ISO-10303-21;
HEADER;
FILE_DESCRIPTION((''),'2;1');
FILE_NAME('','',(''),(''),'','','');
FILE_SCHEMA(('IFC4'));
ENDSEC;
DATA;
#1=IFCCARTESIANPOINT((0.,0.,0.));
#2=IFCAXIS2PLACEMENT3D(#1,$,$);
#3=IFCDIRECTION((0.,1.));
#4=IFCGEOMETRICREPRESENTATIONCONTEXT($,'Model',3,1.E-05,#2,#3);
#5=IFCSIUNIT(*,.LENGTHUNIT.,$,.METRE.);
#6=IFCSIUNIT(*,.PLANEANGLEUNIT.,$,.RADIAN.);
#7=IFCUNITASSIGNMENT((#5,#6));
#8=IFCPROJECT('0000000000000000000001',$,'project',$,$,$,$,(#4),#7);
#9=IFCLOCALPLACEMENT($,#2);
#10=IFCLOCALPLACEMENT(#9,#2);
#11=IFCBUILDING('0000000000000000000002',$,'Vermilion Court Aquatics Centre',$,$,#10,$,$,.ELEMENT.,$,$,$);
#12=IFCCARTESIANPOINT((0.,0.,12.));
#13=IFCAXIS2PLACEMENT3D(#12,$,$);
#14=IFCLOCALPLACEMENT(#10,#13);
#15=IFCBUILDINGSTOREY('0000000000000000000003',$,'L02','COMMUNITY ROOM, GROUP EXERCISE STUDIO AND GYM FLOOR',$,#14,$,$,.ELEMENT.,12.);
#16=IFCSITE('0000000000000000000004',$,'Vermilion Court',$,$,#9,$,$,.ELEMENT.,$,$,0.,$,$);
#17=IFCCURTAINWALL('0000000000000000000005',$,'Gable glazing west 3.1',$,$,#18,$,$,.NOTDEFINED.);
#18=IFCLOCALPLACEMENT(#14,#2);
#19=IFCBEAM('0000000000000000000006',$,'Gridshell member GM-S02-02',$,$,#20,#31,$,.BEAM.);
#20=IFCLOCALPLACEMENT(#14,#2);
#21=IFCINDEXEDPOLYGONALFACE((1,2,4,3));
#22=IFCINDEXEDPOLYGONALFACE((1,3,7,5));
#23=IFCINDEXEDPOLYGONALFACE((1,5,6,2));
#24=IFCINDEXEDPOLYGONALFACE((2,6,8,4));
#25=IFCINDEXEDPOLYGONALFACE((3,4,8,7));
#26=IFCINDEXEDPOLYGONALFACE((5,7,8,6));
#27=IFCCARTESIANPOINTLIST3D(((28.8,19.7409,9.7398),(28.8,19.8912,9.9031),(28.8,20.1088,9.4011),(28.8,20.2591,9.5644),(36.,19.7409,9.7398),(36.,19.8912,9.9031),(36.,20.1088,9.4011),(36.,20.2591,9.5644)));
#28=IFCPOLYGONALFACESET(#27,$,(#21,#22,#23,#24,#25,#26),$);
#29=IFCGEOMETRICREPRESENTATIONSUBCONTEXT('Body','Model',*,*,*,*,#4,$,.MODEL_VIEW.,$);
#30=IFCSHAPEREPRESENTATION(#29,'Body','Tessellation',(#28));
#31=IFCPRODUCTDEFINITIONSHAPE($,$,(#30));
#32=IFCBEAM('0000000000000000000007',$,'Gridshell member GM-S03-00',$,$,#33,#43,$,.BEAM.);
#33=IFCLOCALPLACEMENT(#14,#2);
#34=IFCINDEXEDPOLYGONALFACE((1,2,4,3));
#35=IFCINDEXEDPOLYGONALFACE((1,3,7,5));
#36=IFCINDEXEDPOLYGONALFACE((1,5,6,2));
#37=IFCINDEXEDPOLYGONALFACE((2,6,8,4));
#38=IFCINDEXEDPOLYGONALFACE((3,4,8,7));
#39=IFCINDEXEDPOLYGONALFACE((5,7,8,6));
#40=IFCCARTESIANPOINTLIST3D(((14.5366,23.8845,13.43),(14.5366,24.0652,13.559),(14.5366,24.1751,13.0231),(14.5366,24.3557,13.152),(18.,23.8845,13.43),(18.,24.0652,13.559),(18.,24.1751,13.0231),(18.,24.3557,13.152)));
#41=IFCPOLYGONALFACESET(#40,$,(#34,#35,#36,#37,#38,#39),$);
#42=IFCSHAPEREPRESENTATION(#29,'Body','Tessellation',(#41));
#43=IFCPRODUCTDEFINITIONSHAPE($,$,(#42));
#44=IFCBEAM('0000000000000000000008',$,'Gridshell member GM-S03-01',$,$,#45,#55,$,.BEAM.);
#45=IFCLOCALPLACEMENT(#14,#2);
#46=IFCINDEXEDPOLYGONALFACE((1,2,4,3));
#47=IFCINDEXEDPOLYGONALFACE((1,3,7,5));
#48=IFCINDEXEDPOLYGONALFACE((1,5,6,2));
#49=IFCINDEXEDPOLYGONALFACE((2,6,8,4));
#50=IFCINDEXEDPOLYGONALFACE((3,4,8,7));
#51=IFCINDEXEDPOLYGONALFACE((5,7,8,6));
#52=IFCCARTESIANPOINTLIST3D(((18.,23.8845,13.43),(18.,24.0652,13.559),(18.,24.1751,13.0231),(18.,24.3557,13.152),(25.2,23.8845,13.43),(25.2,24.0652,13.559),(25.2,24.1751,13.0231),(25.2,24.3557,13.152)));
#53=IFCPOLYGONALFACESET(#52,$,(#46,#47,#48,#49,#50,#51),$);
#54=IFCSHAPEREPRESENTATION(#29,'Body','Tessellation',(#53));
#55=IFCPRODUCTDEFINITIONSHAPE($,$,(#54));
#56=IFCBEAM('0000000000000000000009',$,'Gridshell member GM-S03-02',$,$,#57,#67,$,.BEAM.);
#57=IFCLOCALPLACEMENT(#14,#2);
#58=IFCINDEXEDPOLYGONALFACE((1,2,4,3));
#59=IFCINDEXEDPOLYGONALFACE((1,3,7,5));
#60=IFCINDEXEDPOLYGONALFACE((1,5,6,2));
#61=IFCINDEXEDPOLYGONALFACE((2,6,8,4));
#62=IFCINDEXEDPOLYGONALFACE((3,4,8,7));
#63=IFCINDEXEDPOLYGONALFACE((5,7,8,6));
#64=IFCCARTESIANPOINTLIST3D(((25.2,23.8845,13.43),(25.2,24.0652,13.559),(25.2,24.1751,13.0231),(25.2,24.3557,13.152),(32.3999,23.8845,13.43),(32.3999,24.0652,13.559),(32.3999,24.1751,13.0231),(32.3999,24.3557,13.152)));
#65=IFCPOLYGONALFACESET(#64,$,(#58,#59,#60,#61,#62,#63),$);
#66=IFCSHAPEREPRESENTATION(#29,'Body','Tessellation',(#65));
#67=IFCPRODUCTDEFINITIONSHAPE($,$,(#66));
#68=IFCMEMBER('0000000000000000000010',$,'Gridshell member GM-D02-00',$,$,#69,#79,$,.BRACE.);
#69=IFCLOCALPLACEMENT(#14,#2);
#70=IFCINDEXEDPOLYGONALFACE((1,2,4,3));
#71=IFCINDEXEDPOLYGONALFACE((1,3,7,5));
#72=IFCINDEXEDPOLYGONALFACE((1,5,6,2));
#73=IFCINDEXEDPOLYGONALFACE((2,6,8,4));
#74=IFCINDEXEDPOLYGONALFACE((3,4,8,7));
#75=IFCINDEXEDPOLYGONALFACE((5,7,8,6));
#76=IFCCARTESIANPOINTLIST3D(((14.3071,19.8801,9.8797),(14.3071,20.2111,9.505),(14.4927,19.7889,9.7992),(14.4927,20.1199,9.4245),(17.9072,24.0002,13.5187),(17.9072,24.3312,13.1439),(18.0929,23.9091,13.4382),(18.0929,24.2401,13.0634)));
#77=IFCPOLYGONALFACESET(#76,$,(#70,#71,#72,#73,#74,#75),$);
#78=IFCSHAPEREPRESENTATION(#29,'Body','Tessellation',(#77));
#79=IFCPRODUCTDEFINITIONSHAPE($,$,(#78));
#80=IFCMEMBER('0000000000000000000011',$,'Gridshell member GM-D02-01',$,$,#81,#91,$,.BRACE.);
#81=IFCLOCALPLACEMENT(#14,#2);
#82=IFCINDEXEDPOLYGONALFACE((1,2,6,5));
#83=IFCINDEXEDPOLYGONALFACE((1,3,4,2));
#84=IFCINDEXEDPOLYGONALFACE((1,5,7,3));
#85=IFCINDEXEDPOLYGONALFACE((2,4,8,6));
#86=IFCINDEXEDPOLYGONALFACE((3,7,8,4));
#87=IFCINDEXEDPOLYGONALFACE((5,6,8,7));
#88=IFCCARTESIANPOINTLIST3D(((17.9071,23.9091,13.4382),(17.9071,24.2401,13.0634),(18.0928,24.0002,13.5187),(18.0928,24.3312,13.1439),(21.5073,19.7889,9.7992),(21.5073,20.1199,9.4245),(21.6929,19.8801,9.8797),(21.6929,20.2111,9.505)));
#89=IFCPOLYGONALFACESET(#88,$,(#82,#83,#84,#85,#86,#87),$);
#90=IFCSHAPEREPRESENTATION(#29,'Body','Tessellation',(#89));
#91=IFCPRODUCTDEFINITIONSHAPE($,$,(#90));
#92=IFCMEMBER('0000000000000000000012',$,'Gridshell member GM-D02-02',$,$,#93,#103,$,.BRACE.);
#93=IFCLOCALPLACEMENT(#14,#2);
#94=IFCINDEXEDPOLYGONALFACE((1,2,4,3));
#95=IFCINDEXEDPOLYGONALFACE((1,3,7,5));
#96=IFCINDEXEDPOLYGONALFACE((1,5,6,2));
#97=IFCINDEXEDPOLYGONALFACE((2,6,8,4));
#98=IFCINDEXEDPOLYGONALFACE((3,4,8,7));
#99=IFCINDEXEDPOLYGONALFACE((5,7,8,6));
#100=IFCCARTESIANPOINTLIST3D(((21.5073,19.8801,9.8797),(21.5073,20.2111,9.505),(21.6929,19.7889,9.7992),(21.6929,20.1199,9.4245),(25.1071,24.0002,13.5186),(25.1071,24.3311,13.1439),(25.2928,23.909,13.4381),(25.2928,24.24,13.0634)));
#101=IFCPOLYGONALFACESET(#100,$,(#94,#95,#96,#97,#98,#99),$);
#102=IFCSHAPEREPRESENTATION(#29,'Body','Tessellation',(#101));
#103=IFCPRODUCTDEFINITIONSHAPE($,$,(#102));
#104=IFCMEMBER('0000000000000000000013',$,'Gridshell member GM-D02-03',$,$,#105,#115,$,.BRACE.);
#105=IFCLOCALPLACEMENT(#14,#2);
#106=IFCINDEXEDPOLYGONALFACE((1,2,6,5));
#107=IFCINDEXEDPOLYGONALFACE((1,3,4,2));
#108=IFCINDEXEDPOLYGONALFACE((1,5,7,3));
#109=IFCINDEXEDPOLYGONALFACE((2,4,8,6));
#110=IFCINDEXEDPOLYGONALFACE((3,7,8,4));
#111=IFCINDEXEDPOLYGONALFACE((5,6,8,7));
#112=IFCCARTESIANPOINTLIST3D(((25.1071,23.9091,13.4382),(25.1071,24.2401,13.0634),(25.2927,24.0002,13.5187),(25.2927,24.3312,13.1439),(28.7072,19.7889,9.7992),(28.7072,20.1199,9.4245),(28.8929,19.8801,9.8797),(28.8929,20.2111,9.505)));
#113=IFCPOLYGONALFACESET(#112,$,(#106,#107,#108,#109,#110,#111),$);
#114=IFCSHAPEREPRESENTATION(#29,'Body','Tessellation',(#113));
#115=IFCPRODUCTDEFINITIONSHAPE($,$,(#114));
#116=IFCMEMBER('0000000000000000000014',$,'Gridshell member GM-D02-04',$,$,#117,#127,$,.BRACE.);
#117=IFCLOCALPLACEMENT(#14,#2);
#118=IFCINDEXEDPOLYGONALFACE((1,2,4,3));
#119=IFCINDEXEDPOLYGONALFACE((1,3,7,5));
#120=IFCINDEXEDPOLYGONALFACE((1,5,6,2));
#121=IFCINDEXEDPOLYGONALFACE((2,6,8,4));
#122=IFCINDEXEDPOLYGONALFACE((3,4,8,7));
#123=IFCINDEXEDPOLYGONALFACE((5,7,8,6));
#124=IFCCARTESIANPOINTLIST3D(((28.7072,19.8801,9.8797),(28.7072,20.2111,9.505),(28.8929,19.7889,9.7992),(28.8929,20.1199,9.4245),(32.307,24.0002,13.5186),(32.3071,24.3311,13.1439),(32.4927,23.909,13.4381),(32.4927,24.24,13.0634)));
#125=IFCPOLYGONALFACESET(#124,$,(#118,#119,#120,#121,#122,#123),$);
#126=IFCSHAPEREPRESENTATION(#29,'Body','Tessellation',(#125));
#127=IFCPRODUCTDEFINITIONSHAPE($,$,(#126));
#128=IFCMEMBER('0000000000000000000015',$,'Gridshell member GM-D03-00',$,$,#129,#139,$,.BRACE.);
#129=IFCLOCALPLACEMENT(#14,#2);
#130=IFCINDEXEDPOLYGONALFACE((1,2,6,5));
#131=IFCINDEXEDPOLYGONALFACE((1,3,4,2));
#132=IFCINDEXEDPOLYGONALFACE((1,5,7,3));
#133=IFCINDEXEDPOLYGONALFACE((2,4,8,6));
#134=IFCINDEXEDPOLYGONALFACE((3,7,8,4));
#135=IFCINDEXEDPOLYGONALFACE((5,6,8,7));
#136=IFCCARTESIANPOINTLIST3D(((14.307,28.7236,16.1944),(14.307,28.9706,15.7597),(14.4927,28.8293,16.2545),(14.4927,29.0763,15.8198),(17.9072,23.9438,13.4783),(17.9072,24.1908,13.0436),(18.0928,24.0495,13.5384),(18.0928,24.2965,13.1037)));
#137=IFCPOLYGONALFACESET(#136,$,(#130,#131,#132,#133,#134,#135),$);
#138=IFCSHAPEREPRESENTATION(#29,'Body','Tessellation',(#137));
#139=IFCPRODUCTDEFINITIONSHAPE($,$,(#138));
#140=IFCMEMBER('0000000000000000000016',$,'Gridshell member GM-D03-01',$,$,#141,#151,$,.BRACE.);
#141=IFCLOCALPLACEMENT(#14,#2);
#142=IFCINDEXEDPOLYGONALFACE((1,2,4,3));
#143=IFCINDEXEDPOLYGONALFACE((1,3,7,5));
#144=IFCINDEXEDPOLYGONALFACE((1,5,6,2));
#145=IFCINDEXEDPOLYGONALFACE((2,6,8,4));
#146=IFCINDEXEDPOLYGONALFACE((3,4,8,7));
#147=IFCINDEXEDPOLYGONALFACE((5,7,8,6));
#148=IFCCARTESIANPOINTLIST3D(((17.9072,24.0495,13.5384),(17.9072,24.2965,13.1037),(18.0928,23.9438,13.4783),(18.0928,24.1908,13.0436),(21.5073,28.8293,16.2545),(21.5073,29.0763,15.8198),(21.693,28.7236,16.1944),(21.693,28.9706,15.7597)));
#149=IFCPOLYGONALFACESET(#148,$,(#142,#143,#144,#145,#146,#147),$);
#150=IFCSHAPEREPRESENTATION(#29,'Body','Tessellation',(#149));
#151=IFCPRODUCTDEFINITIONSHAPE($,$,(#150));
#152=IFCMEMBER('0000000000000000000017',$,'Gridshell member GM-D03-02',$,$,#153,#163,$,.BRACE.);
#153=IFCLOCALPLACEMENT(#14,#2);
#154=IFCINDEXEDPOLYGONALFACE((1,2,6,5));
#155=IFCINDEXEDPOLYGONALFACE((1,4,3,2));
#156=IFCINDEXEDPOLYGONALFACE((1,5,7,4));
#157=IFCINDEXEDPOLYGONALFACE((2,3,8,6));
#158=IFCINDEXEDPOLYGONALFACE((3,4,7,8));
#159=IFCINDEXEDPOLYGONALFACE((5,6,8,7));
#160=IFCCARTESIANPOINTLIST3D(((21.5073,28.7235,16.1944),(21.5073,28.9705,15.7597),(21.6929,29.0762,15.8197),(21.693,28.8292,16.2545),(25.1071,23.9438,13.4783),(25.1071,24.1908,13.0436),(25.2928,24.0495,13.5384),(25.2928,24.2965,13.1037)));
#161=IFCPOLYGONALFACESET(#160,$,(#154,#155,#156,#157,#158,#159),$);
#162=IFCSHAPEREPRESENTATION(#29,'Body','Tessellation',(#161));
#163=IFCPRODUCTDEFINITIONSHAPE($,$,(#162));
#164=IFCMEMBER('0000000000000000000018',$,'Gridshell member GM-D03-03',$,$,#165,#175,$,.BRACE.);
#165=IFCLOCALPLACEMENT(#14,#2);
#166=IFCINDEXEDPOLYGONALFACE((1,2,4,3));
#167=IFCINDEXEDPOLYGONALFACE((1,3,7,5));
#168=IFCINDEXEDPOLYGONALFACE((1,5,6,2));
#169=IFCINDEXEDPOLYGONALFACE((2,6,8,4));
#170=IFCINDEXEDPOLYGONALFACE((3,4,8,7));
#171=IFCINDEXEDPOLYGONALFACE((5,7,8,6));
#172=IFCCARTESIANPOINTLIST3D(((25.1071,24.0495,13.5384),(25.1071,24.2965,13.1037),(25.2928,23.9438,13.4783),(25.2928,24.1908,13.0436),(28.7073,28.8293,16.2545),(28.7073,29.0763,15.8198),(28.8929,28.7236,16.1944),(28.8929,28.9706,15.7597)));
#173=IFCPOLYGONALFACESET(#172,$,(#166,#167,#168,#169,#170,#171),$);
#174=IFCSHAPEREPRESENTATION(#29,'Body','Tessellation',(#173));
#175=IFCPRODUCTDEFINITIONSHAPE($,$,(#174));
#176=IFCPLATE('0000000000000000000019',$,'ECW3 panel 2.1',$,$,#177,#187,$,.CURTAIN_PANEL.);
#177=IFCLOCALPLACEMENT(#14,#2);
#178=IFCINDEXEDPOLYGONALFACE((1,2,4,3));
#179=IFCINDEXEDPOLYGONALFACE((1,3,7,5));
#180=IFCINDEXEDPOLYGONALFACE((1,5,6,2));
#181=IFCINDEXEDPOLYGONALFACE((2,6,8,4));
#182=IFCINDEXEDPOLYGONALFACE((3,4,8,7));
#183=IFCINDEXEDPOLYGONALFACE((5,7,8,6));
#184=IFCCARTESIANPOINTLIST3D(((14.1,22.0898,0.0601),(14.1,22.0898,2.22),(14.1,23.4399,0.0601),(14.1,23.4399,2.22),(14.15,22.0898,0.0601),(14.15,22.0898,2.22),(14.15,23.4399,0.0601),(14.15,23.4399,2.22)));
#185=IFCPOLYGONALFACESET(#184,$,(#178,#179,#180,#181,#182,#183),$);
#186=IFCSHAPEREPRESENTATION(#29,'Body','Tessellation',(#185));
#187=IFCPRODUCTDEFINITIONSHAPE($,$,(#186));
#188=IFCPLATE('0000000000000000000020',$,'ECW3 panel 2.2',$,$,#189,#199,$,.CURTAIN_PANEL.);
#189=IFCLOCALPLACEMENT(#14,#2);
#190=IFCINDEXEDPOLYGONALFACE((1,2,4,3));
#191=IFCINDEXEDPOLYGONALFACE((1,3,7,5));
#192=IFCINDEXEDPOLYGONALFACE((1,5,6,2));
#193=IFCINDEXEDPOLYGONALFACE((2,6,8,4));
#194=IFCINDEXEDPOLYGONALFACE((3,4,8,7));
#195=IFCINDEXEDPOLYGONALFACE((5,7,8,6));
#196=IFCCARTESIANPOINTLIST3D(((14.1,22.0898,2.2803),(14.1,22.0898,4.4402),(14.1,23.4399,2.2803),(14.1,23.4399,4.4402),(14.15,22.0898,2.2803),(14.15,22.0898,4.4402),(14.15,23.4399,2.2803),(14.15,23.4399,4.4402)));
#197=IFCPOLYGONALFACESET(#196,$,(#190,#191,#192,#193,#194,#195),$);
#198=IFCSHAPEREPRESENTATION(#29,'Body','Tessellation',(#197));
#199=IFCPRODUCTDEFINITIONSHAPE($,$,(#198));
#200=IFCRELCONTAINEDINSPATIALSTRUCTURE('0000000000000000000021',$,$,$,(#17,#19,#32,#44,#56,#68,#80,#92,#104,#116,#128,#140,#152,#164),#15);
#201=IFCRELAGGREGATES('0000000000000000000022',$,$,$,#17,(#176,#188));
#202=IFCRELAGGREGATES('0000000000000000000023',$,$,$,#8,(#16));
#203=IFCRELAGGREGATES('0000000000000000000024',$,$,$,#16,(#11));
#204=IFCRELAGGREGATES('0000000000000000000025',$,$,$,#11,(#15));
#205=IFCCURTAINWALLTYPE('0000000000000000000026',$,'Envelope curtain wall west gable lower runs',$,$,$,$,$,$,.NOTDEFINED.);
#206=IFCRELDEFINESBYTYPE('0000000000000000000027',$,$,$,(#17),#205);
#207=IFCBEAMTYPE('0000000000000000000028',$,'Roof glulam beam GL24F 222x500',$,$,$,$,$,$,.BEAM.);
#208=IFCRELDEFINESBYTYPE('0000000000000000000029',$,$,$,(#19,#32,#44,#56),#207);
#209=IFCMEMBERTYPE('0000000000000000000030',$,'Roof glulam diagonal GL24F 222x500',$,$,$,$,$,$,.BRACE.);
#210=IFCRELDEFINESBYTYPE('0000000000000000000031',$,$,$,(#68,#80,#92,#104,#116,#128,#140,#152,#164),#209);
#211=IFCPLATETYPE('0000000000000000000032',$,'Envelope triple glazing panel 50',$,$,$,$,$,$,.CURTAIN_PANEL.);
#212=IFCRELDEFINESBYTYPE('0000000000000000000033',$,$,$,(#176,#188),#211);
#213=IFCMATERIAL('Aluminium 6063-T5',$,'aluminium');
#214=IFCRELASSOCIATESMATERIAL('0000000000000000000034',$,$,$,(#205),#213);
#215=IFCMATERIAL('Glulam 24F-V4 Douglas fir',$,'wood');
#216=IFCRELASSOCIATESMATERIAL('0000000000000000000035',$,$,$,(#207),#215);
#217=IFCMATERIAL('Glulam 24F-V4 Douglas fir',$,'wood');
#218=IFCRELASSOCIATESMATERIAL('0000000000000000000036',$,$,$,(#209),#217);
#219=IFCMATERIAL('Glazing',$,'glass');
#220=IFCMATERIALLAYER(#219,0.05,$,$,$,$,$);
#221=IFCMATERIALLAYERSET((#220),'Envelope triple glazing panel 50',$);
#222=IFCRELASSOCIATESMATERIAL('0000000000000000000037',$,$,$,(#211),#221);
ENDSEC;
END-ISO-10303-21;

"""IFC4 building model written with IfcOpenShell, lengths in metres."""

from ifc_helpers import new_model, si_unit, direction, frame, origin, origin_2d, place, context, subcontext, project, spatial, rectangle, extrude, material, layer, layer_set, material_profile, profile_set, type_object, element, aggregate, save


model = new_model("IFC4")

# Units and contexts
model_context = context("Model", 3, precision=1e-05, world=origin(), true_north=direction((0.0, 1.0)))
body_context = subcontext(model_context, "Body", "Model", "MODEL_VIEW")
ifc_project = project(units=[si_unit("LENGTHUNIT", "METRE"), si_unit("PLANEANGLEUNIT", "RADIAN")], contexts=[model_context])

# Site, building, storey
site_placement = place(None, origin())
site = spatial("IfcSite", under=ifc_project, at=site_placement, Name="Vermilion Court", CompositionType="ELEMENT", RefElevation=0.0)
building_placement = place(site_placement, origin())
building = spatial("IfcBuilding", under=site, at=building_placement, Name="Vermilion Court Aquatics Centre", CompositionType="ELEMENT")
storey_placement = place(building_placement, frame((0.0, 0.0, 12.0)))
storey = spatial("IfcBuildingStorey", under=building, at=storey_placement, Name="L02", Description="COMMUNITY ROOM, GROUP EXERCISE STUDIO AND GYM FLOOR", CompositionType="ELEMENT", Elevation=12.0)

# Curtain wall
ifc_material_1 = material(Name="Aluminium 6063-T5", Category="aluminium")
curtain_wall_type = type_object("IfcCurtainWallType", Name="Envelope curtain wall west gable lower runs", PredefinedType="NOTDEFINED", material=ifc_material_1)
curtain_wall_1_placement = place(storey_placement, origin())
curtain_wall_1 = element("IfcCurtainWall", 1, at=curtain_wall_1_placement, inside=storey, type_object=curtain_wall_type, Name="Gable glazing west 3.1", PredefinedType="NOTDEFINED")

# Beams
ifc_material_2 = material(Name="Glulam 24F-V4 Douglas fir", Category="wood")
ifc_material_profile_1 = material_profile(ifc_material_2, rectangle(XDim=0.2219, YDim=0.5, at=origin_2d()), Name="GL24F 222x500")
ifc_profile_set_1 = profile_set([ifc_material_profile_1], Name="Glulam 24F-V4 Douglas fir")
beam_type_1 = type_object("IfcBeamType", Name="Roof glulam beam GL24F 222x500", PredefinedType="BEAM", material=ifc_profile_set_1)
for number, where, z_axis, x_axis, name in (
    (2, (28.8, 20.0, 9.6521), (1.0, 0.0, 0.0), (0.0, 0.67726, 0.735744), "Gridshell member GM-S02-02"),
):
    element("IfcBeam", number, at=place(storey_placement, frame(where, z_axis=z_axis, x_axis=x_axis)), inside=storey, type_object=beam_type_1, Name=name, PredefinedType="BEAM", context=body_context, shape_type="SweptSolid", body=[
        extrude(rectangle(XDim=0.2219, YDim=0.5, at=origin_2d()), origin(), (0.0, 0.0, 1.0), 7.2),
    ])
beam_1_placement = place(storey_placement, frame((14.5366, 24.1201, 13.291), z_axis=(1.0, 0.0, 0.0), x_axis=(0.0, 0.813848, 0.581078)))
element("IfcBeam", 3, at=beam_1_placement, inside=storey, type_object=beam_type_1, Name="Gridshell member GM-S03-00", PredefinedType="BEAM", context=body_context, shape_type="SweptSolid", body=[
    extrude(rectangle(XDim=0.2219, YDim=0.5, at=origin_2d()), origin(), (0.0, 0.0, 1.0), 3.4634),
])
for number, where, z_axis, x_axis, name in (
    (4, (18.0, 24.1201, 13.291), (1.0, 0.0, 0.0), (0.0, 0.813848, 0.581078), "Gridshell member GM-S03-01"),
    (5, (25.2, 24.1201, 13.291), (1.0, 0.0, 0.0), (0.0, 0.813848, 0.581078), "Gridshell member GM-S03-02"),
):
    element("IfcBeam", number, at=place(storey_placement, frame(where, z_axis=z_axis, x_axis=x_axis)), inside=storey, type_object=beam_type_1, Name=name, PredefinedType="BEAM", context=body_context, shape_type="SweptSolid", body=[
        extrude(rectangle(XDim=0.2219, YDim=0.5, at=origin_2d()), origin(), (0.0, 0.0, 1.0), 7.2),
    ])

# Members
ifc_material_3 = material(Name="Glulam 24F-V4 Douglas fir", Category="wood")
ifc_material_profile_2 = material_profile(ifc_material_3, rectangle(XDim=0.2219, YDim=0.5, at=origin_2d()), Name="GL24F 222x500")
ifc_profile_set_2 = profile_set([ifc_material_profile_2], Name="Glulam 24F-V4 Douglas fir")
member_type_1 = type_object("IfcMemberType", Name="Roof glulam diagonal GL24F 222x500", PredefinedType="BRACE", material=ifc_profile_set_2)
for number, where, z_axis, x_axis, name in (
    (6, (14.3999, 20.0, 9.6521), (0.547878, 0.627017, 0.553786), (-0.836558, 0.410664, 0.362664), "Gridshell member GM-D02-00"),
    (7, (21.6001, 20.0, 9.6521), (-0.547878, 0.627017, 0.553786), (-0.836558, -0.410664, -0.362664), "Gridshell member GM-D02-01"),
):
    element("IfcMember", number, at=place(storey_placement, frame(where, z_axis=z_axis, x_axis=x_axis)), inside=storey, type_object=member_type_1, Name=name, PredefinedType="BRACE", context=body_context, shape_type="SweptSolid", body=[
        extrude(rectangle(XDim=0.2219, YDim=0.5, at=origin_2d()), origin(), (0.0, 0.0, 1.0), 6.571),
    ])
member_1_placement = place(storey_placement, frame((21.6001, 20.0, 9.6521), z_axis=(0.547852, 0.62703, 0.553797), x_axis=(-0.836575, 0.410632, 0.362661)))
element("IfcMember", 8, at=member_1_placement, inside=storey, type_object=member_type_1, Name="Gridshell member GM-D02-02", PredefinedType="BRACE", context=body_context, shape_type="SweptSolid", body=[
    extrude(rectangle(XDim=0.2219, YDim=0.5, at=origin_2d()), origin(), (0.0, 0.0, 1.0), 6.5708),
])
member_2_placement = place(storey_placement, frame((28.8, 20.0, 9.6521), z_axis=(-0.547878, 0.627017, 0.553786), x_axis=(-0.836558, -0.410664, -0.362664)))
element("IfcMember", 9, at=member_2_placement, inside=storey, type_object=member_type_1, Name="Gridshell member GM-D02-03", PredefinedType="BRACE", context=body_context, shape_type="SweptSolid", body=[
    extrude(rectangle(XDim=0.2219, YDim=0.5, at=origin_2d()), origin(), (0.0, 0.0, 1.0), 6.571),
])
member_3_placement = place(storey_placement, frame((28.8, 20.0, 9.6521), z_axis=(0.547852, 0.62703, 0.553797), x_axis=(-0.836575, 0.410632, 0.362661)))
element("IfcMember", 10, at=member_3_placement, inside=storey, type_object=member_type_1, Name="Gridshell member GM-D02-04", PredefinedType="BRACE", context=body_context, shape_type="SweptSolid", body=[
    extrude(rectangle(XDim=0.2219, YDim=0.5, at=origin_2d()), origin(), (0.0, 0.0, 1.0), 6.5708),
])
for number, where, z_axis, x_axis, name in (
    (11, (18.0, 24.1201, 13.291), (-0.547839, 0.727355, 0.413312), (-0.836584, -0.476332, -0.27062), "Gridshell member GM-D03-00"),
    (12, (18.0, 24.1201, 13.291), (0.547839, 0.727355, 0.413312), (-0.836584, 0.476332, 0.27062), "Gridshell member GM-D03-01"),
):
    element("IfcMember", number, at=place(storey_placement, frame(where, z_axis=z_axis, x_axis=x_axis)), inside=storey, type_object=member_type_1, Name=name, PredefinedType="BRACE", context=body_context, shape_type="SweptSolid", body=[
        extrude(rectangle(XDim=0.2219, YDim=0.5, at=origin_2d()), origin(), (0.0, 0.0, 1.0), 6.5715),
    ])
member_4_placement = place(storey_placement, frame((25.2, 24.1201, 13.291), z_axis=(-0.547813, 0.72737, 0.413321), x_axis=(-0.836601, -0.476303, -0.270618)))
element("IfcMember", 13, at=member_4_placement, inside=storey, type_object=member_type_1, Name="Gridshell member GM-D03-02", PredefinedType="BRACE", context=body_context, shape_type="SweptSolid", body=[
    extrude(rectangle(XDim=0.2219, YDim=0.5, at=origin_2d()), origin(), (0.0, 0.0, 1.0), 6.5713),
])
member_5_placement = place(storey_placement, frame((25.2, 24.1201, 13.291), z_axis=(0.547839, 0.727355, 0.413312), x_axis=(-0.836584, 0.476332, 0.27062)))
element("IfcMember", 14, at=member_5_placement, inside=storey, type_object=member_type_1, Name="Gridshell member GM-D03-03", PredefinedType="BRACE", context=body_context, shape_type="SweptSolid", body=[
    extrude(rectangle(XDim=0.2219, YDim=0.5, at=origin_2d()), origin(), (0.0, 0.0, 1.0), 6.5715),
])

# Plates
ifc_material_4 = material(Name="Glazing", Category="glass")
ifc_layer_1 = layer(ifc_material_4, 0.05)
ifc_layer_set_1 = layer_set([ifc_layer_1], Name="Envelope triple glazing panel 50")
plate_type = type_object("IfcPlateType", Name="Envelope triple glazing panel 50", PredefinedType="CURTAIN_PANEL", material=ifc_layer_set_1)
plate_1_placement = place(storey_placement, frame((14.125, 22.7649, 0.0601), z_axis=(0.0, 0.0, 1.0), x_axis=(0.0, 1.0, 0.0)))
plate_1 = element("IfcPlate", 15, at=plate_1_placement, type_object=plate_type, Name="ECW3 panel 2.1", PredefinedType="CURTAIN_PANEL", context=body_context, shape_type="SweptSolid", body=[
    extrude(rectangle(XDim=1.3501, YDim=0.05, at=origin_2d()), origin(), (0.0, 0.0, 1.0), 2.1599),
])
plate_2_placement = place(storey_placement, frame((14.125, 22.7649, 2.2803), z_axis=(0.0, 0.0, 1.0), x_axis=(0.0, 1.0, 0.0)))
plate_2 = element("IfcPlate", 16, at=plate_2_placement, type_object=plate_type, Name="ECW3 panel 2.2", PredefinedType="CURTAIN_PANEL", context=body_context, shape_type="SweptSolid", body=[
    extrude(rectangle(XDim=1.3501, YDim=0.05, at=origin_2d()), origin(), (0.0, 0.0, 1.0), 2.1599),
])
aggregate(curtain_wall_1, [plate_1, plate_2])

save(model, "model.ifc")
